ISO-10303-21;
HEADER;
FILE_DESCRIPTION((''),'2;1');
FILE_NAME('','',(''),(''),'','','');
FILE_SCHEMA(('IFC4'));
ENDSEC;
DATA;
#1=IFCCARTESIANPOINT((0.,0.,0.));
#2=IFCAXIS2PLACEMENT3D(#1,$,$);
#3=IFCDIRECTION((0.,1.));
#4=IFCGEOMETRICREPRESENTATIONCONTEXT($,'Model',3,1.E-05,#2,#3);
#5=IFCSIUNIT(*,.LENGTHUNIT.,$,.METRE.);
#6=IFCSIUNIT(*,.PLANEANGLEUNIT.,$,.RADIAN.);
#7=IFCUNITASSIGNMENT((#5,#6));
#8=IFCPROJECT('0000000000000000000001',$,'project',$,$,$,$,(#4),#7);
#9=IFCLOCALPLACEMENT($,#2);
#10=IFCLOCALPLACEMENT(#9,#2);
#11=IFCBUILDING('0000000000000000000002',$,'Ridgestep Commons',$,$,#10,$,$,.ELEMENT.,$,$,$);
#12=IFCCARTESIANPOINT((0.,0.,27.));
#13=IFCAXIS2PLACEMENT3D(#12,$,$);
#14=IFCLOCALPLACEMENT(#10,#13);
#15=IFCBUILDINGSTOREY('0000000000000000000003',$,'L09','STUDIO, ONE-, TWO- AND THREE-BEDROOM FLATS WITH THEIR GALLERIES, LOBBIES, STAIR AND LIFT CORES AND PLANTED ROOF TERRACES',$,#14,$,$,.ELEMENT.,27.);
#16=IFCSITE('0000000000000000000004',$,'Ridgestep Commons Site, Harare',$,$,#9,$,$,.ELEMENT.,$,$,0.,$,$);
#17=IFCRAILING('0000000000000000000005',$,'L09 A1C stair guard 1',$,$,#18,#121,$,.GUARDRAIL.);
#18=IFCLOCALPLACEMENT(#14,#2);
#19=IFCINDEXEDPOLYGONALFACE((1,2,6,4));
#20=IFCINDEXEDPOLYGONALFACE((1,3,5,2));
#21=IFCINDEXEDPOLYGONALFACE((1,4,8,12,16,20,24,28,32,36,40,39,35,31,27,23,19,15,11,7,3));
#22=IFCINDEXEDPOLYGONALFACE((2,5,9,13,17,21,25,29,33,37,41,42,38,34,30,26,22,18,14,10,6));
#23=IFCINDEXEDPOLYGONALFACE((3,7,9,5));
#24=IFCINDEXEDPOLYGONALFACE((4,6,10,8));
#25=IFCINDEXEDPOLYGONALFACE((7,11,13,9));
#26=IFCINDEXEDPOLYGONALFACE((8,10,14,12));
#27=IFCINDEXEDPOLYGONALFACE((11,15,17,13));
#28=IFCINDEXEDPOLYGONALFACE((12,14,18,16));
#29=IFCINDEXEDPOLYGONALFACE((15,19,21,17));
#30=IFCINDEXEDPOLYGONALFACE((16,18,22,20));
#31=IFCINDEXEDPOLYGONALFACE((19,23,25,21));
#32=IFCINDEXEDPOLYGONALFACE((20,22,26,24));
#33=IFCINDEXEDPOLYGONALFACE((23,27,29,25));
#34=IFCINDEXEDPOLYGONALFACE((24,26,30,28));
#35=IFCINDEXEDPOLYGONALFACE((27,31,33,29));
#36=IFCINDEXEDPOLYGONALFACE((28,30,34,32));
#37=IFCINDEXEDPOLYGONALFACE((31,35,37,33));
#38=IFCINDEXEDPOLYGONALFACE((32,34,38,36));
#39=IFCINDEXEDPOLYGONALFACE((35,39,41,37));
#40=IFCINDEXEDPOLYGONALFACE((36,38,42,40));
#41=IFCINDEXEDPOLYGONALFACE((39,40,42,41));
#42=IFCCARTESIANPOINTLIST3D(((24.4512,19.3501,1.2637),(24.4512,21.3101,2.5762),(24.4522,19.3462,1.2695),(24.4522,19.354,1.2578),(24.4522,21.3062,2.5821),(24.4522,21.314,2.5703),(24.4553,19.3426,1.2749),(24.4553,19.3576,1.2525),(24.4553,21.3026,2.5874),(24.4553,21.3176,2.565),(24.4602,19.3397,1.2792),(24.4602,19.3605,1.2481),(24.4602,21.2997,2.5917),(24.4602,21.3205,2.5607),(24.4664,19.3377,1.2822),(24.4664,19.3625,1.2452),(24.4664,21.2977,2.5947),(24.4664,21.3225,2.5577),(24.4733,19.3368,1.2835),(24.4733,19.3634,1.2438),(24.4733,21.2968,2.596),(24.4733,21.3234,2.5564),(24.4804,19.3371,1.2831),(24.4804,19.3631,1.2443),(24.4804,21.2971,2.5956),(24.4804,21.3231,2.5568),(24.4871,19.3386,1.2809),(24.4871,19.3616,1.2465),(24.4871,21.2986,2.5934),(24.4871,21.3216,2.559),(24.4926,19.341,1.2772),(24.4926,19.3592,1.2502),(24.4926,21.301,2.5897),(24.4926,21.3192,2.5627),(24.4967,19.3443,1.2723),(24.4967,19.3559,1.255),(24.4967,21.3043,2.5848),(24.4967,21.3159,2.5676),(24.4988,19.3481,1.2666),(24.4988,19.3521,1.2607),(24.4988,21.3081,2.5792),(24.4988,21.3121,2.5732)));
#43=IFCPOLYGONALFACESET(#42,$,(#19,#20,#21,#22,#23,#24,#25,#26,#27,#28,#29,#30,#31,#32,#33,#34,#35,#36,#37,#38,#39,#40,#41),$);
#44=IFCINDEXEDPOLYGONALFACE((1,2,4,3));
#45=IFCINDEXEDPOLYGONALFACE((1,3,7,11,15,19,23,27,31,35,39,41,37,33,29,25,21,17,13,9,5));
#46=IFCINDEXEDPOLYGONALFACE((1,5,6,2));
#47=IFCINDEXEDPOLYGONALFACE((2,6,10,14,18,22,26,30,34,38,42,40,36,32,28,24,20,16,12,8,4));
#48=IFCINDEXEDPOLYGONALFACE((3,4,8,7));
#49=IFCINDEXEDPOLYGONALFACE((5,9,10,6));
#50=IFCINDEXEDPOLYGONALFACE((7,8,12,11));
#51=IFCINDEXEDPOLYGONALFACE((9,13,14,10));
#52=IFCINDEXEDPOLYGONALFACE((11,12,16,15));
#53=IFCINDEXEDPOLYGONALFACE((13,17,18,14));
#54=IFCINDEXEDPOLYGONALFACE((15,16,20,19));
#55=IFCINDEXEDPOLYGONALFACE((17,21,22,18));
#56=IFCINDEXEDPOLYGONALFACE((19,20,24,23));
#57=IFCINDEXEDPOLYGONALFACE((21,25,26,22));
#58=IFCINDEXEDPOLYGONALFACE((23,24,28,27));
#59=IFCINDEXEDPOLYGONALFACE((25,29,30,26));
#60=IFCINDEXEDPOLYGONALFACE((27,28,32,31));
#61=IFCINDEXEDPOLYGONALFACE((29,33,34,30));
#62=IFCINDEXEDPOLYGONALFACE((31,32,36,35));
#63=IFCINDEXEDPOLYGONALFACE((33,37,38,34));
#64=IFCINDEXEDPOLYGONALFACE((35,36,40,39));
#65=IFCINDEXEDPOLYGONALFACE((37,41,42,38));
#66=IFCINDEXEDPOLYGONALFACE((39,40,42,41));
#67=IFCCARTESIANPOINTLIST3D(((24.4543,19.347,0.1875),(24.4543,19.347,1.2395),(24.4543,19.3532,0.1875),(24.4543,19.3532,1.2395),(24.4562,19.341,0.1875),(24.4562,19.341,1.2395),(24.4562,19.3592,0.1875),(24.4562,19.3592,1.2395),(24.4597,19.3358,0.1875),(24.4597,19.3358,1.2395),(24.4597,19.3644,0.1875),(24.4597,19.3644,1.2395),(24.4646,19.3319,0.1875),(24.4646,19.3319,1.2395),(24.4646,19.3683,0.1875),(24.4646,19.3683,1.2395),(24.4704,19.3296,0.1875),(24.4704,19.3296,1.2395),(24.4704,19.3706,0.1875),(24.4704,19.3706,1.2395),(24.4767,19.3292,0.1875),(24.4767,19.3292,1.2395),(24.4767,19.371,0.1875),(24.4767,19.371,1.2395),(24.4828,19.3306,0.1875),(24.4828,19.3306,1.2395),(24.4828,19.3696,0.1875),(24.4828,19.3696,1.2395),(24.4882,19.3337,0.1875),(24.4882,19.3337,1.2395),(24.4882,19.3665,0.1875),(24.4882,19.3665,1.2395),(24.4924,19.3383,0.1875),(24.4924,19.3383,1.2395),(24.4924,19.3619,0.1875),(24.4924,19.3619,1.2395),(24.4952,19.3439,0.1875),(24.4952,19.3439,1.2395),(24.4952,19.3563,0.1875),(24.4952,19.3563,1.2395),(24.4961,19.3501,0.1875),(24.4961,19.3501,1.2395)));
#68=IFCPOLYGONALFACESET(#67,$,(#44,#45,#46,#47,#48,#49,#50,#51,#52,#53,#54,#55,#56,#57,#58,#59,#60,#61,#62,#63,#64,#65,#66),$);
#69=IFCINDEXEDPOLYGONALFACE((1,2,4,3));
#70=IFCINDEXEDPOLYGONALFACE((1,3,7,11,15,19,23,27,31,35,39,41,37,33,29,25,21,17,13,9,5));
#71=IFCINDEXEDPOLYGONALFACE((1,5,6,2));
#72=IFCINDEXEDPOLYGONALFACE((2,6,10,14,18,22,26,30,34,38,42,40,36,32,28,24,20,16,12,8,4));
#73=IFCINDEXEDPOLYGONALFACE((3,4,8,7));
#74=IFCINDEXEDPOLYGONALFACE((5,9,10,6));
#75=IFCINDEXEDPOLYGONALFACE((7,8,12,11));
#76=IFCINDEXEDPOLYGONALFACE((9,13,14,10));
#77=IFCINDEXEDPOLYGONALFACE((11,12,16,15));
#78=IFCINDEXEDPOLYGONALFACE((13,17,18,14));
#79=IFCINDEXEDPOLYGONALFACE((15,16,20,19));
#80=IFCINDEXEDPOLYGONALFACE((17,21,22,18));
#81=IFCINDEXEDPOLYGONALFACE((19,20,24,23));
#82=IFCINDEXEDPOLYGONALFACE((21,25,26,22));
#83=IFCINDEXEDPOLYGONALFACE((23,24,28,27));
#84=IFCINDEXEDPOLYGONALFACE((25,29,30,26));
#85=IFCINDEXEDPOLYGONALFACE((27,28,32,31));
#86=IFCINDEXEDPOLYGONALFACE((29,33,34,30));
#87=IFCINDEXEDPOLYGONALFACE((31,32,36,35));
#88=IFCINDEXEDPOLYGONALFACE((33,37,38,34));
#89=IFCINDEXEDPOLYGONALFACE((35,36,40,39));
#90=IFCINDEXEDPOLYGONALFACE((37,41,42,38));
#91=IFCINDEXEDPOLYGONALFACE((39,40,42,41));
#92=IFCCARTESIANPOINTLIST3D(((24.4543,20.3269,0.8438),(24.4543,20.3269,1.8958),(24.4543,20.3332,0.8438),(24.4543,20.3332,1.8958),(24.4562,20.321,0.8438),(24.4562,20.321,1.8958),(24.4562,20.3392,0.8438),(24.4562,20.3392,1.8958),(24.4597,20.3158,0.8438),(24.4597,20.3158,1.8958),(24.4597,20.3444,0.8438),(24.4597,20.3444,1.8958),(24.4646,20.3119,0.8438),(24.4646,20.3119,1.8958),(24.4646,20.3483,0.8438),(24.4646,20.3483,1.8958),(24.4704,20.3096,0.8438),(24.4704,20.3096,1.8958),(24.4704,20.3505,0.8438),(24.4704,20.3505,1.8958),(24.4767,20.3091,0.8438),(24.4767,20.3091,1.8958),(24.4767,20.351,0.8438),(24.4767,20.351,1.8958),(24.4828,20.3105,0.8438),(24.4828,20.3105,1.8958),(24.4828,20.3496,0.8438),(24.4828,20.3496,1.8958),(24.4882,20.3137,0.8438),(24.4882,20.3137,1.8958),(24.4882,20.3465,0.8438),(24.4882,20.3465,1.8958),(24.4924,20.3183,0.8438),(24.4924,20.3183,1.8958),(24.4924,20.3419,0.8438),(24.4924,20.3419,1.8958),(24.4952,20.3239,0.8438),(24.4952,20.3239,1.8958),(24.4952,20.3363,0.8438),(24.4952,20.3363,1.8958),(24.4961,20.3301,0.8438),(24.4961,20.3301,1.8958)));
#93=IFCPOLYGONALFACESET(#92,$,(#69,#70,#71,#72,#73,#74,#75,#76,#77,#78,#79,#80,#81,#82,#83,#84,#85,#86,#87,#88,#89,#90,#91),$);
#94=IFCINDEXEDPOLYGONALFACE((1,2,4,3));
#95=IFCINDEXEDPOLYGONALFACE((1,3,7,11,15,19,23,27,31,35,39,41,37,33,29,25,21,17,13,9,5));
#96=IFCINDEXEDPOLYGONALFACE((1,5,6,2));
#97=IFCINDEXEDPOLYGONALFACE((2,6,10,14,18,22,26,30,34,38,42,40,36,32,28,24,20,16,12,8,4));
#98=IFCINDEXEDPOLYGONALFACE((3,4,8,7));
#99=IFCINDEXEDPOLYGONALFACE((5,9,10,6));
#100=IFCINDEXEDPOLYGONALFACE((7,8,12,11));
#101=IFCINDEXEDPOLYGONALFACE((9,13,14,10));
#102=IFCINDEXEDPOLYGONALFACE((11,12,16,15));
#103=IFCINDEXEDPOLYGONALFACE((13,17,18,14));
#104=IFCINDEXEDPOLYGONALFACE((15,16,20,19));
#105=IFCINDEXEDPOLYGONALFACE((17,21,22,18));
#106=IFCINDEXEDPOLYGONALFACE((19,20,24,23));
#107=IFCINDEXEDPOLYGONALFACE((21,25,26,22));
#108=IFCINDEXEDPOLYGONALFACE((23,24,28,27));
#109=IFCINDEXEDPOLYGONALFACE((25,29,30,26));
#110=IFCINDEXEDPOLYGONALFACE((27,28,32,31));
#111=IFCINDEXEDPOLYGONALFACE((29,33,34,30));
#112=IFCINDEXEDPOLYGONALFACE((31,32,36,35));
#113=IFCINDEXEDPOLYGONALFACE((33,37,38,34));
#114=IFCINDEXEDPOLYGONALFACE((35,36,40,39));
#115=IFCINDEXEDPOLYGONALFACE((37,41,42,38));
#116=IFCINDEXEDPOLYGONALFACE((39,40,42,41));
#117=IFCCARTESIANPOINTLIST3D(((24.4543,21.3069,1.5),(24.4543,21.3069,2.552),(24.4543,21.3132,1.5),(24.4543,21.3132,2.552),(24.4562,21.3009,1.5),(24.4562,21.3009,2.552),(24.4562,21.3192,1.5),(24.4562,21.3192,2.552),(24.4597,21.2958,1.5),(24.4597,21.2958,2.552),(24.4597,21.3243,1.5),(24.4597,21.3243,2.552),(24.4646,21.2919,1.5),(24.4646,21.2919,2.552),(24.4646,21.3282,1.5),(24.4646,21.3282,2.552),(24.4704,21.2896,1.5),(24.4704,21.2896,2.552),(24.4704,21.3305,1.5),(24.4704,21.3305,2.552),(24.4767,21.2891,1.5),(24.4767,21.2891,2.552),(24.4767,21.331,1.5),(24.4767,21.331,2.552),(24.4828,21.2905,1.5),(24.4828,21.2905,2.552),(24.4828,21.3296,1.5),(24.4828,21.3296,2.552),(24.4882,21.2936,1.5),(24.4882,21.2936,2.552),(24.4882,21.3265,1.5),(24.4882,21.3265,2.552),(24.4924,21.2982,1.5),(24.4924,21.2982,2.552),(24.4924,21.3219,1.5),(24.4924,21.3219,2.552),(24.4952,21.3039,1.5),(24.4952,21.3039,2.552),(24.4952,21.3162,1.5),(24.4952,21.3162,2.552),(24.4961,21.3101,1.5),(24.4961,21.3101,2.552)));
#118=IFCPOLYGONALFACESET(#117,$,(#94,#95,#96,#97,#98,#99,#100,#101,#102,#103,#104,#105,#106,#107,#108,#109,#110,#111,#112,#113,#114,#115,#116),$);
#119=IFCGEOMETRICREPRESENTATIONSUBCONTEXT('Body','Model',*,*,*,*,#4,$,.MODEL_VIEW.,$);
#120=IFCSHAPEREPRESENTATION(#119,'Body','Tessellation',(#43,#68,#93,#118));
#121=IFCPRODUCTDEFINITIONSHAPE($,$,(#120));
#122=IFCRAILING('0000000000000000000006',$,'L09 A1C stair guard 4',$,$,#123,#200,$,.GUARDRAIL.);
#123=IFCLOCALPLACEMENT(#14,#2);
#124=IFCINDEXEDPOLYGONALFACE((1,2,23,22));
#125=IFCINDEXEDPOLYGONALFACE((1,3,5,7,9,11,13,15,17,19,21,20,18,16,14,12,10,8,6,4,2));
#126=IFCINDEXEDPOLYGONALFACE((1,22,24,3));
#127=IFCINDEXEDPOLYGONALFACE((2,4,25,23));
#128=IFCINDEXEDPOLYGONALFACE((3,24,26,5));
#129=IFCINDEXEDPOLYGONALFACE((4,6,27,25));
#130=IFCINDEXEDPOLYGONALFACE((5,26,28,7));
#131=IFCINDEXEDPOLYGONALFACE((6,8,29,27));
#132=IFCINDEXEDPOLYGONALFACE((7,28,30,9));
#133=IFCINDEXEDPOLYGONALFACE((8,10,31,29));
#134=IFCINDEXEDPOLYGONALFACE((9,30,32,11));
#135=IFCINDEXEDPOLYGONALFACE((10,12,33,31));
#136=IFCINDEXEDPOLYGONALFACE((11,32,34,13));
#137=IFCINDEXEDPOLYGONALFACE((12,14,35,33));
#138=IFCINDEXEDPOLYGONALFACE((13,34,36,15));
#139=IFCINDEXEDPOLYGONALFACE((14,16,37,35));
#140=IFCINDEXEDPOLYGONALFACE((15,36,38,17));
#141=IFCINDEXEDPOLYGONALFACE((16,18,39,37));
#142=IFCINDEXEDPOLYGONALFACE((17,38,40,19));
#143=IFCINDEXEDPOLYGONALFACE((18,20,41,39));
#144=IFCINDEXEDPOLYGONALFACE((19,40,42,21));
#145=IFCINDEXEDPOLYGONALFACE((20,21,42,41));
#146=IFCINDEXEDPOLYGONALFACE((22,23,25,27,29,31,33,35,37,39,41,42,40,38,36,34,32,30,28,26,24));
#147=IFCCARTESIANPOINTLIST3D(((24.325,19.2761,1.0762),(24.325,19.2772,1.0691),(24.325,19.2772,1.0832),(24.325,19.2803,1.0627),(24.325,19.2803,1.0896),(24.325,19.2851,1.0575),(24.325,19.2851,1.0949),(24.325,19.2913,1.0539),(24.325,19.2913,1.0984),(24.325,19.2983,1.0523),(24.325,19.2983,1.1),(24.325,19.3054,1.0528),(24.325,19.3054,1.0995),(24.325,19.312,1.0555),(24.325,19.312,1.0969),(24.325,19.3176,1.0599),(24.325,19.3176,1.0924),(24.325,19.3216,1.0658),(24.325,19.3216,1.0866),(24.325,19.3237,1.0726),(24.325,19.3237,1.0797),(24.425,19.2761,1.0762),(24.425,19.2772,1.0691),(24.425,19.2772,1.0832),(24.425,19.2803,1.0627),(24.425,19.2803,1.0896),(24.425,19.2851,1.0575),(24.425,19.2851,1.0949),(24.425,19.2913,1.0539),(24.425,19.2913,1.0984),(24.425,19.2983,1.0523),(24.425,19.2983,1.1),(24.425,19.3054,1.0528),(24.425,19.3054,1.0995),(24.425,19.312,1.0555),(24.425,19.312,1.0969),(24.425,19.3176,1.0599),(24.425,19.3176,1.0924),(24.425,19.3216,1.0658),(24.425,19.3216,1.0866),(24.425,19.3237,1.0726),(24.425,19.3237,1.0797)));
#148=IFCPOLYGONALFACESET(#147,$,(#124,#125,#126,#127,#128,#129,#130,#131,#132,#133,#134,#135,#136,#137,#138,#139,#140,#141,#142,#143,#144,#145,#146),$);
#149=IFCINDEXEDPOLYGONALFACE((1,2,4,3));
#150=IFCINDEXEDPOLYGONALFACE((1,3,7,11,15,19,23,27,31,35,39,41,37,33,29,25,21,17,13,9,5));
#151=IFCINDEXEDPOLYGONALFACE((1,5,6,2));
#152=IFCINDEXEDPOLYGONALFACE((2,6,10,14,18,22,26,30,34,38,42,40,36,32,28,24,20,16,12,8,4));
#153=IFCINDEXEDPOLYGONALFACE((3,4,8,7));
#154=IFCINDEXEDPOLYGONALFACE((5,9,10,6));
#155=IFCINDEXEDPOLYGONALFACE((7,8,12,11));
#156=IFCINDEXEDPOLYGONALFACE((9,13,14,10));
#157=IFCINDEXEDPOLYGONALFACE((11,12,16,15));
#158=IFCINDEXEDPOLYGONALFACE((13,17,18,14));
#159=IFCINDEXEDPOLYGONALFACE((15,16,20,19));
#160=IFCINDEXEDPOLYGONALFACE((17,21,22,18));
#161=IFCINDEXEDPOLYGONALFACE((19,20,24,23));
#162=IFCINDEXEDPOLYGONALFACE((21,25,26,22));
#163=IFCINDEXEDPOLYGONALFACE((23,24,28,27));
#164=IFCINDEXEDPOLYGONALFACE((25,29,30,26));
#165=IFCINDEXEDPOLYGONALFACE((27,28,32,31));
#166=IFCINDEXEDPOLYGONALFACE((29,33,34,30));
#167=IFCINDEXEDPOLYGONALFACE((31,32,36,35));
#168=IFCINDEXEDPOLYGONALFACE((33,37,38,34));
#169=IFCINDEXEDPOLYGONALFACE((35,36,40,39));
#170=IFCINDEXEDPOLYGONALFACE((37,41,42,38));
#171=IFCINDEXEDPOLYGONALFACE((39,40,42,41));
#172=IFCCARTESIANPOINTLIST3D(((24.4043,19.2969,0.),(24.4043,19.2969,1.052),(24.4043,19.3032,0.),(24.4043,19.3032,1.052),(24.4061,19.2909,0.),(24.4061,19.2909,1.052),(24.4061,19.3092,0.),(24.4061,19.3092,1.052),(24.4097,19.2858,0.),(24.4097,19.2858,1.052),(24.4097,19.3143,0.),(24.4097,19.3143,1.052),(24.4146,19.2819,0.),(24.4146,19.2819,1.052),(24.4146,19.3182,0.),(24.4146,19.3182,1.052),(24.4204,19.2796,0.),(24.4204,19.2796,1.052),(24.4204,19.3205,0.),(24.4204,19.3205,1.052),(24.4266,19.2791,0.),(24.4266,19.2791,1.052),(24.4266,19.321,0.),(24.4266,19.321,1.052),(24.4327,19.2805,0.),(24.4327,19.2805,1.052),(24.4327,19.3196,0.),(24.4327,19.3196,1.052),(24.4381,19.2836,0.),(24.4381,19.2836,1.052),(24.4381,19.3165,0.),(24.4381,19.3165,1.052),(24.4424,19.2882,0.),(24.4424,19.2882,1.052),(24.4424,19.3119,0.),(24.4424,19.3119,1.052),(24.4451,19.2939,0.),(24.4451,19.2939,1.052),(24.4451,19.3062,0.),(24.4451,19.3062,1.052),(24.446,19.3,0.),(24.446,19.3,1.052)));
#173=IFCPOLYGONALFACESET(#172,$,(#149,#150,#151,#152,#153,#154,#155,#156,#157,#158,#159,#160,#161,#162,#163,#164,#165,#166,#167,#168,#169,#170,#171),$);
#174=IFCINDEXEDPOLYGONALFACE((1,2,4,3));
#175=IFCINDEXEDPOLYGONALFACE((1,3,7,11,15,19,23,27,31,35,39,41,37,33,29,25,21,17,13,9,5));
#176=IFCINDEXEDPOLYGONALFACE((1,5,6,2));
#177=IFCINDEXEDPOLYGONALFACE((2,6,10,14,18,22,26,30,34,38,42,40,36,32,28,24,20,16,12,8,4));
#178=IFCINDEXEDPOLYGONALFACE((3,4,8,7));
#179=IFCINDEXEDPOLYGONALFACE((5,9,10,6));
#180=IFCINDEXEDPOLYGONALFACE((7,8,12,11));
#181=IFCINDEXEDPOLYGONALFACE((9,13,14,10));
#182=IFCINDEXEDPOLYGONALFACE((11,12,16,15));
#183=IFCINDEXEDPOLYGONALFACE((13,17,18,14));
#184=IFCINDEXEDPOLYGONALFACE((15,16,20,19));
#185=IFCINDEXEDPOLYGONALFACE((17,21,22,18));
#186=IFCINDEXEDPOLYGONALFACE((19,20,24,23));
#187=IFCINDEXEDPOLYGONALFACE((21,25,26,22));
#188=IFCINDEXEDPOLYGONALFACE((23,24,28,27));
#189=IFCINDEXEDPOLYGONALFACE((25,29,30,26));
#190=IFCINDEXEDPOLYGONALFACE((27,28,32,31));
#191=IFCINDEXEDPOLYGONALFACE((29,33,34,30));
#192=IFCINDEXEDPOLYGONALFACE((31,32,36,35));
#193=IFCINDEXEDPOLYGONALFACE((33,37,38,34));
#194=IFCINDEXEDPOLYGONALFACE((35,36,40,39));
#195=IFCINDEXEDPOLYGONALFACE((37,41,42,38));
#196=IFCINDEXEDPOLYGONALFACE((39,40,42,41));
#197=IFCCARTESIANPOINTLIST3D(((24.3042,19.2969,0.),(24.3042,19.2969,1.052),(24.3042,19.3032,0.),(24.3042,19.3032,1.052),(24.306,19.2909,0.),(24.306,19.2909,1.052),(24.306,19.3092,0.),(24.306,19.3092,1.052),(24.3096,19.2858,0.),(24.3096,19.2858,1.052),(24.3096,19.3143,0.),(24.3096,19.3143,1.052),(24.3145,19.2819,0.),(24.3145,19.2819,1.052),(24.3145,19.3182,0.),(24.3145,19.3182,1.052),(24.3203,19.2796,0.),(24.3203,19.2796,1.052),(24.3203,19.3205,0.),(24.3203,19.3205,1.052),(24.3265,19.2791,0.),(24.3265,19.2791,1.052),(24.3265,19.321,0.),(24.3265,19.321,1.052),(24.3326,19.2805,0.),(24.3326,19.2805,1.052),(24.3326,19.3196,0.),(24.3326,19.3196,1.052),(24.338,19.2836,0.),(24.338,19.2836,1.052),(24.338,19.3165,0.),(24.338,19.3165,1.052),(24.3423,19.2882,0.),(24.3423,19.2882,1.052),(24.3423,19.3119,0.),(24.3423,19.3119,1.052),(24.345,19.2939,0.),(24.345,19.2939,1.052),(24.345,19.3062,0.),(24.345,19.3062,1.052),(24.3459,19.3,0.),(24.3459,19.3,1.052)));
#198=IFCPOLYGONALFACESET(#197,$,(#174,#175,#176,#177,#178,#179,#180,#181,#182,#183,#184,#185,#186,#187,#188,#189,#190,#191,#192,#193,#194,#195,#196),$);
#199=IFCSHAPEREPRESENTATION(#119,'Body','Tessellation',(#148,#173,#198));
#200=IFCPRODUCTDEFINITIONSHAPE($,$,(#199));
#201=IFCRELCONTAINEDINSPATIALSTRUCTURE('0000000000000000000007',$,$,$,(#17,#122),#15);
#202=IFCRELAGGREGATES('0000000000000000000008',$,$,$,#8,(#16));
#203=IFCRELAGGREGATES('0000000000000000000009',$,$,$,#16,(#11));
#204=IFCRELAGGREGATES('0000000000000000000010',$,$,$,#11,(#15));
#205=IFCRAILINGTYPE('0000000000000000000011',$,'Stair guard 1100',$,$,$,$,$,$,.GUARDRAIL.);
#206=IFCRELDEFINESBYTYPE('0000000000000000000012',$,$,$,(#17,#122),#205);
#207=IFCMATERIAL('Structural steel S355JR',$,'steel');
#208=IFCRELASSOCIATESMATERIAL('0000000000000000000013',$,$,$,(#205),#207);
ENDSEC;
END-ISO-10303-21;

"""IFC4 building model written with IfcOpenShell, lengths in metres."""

from ifc_helpers import new_model, si_unit, direction, frame, origin, origin_2d, place, context, subcontext, project, spatial, circle, extrude, material, type_object, element, save


model = new_model("IFC4")

# Units and contexts
model_context = context("Model", 3, precision=1e-05, world=origin(), true_north=direction((0.0, 1.0)))
body_context = subcontext(model_context, "Body", "Model", "MODEL_VIEW")
ifc_project = project(units=[si_unit("LENGTHUNIT", "METRE"), si_unit("PLANEANGLEUNIT", "RADIAN")], contexts=[model_context])

# Site, building, storey
site_placement = place(None, origin())
site = spatial("IfcSite", under=ifc_project, at=site_placement, Name="Ridgestep Commons Site, Harare", CompositionType="ELEMENT", RefElevation=0.0)
building_placement = place(site_placement, origin())
building = spatial("IfcBuilding", under=site, at=building_placement, Name="Ridgestep Commons", CompositionType="ELEMENT")
storey_placement = place(building_placement, frame((0.0, 0.0, 27.0)))
storey = spatial("IfcBuildingStorey", under=building, at=storey_placement, Name="L09", Description="STUDIO, ONE-, TWO- AND THREE-BEDROOM FLATS WITH THEIR GALLERIES, LOBBIES, STAIR AND LIFT CORES AND PLANTED ROOF TERRACES", CompositionType="ELEMENT", Elevation=27.0)

# Railings
ifc_material_1 = material(Name="Structural steel S355JR", Category="steel")
railing_type_1 = type_object("IfcRailingType", Name="Stair guard 1100", PredefinedType="GUARDRAIL", material=ifc_material_1)
railing_1_placement = place(storey_placement, frame((24.4751, 19.3501, 0.1875)))
element("IfcRailing", 1, at=railing_1_placement, inside=storey, type_object=railing_type_1, Name="L09 A1C stair guard 1", PredefinedType="GUARDRAIL", context=body_context, shape_type="SweptSolid", body=[
    extrude(circle(Radius=0.0239, at=origin_2d()), frame((0.0, 0.0, 1.0762), z_axis=(0.0, 0.830902, 0.556419), x_axis=(-1.0, 0.0, 0.0)), (0.0, 0.0, 1.0), 2.3589),
    extrude(circle(Radius=0.021, at=origin_2d()), origin(), (0.0, 0.0, 1.0), 1.052),
    extrude(circle(Radius=0.021, at=origin_2d()), frame((0.0, 0.98, 0.6562)), (0.0, 0.0, 1.0), 1.052),
    extrude(circle(Radius=0.021, at=origin_2d()), frame((0.0, 1.96, 1.3125)), (0.0, 0.0, 1.0), 1.052),
])
railing_2_placement = place(storey_placement, frame((24.425, 19.3, 0.0)))
element("IfcRailing", 2, at=railing_2_placement, inside=storey, type_object=railing_type_1, Name="L09 A1C stair guard 4", PredefinedType="GUARDRAIL", context=body_context, shape_type="SweptSolid", body=[
    extrude(circle(Radius=0.0239, at=origin_2d()), frame((0.0, 0.0, 1.0762), z_axis=(-1.0, 0.0, 0.0), x_axis=(0.0, -1.0, 0.0)), (0.0, 0.0, 1.0), 0.1001),
    extrude(circle(Radius=0.021, at=origin_2d()), origin(), (0.0, 0.0, 1.0), 1.052),
    extrude(circle(Radius=0.021, at=origin_2d()), frame((-0.1001, 0.0, 0.0)), (0.0, 0.0, 1.0), 1.052),
])

save(model, "model.ifc")
